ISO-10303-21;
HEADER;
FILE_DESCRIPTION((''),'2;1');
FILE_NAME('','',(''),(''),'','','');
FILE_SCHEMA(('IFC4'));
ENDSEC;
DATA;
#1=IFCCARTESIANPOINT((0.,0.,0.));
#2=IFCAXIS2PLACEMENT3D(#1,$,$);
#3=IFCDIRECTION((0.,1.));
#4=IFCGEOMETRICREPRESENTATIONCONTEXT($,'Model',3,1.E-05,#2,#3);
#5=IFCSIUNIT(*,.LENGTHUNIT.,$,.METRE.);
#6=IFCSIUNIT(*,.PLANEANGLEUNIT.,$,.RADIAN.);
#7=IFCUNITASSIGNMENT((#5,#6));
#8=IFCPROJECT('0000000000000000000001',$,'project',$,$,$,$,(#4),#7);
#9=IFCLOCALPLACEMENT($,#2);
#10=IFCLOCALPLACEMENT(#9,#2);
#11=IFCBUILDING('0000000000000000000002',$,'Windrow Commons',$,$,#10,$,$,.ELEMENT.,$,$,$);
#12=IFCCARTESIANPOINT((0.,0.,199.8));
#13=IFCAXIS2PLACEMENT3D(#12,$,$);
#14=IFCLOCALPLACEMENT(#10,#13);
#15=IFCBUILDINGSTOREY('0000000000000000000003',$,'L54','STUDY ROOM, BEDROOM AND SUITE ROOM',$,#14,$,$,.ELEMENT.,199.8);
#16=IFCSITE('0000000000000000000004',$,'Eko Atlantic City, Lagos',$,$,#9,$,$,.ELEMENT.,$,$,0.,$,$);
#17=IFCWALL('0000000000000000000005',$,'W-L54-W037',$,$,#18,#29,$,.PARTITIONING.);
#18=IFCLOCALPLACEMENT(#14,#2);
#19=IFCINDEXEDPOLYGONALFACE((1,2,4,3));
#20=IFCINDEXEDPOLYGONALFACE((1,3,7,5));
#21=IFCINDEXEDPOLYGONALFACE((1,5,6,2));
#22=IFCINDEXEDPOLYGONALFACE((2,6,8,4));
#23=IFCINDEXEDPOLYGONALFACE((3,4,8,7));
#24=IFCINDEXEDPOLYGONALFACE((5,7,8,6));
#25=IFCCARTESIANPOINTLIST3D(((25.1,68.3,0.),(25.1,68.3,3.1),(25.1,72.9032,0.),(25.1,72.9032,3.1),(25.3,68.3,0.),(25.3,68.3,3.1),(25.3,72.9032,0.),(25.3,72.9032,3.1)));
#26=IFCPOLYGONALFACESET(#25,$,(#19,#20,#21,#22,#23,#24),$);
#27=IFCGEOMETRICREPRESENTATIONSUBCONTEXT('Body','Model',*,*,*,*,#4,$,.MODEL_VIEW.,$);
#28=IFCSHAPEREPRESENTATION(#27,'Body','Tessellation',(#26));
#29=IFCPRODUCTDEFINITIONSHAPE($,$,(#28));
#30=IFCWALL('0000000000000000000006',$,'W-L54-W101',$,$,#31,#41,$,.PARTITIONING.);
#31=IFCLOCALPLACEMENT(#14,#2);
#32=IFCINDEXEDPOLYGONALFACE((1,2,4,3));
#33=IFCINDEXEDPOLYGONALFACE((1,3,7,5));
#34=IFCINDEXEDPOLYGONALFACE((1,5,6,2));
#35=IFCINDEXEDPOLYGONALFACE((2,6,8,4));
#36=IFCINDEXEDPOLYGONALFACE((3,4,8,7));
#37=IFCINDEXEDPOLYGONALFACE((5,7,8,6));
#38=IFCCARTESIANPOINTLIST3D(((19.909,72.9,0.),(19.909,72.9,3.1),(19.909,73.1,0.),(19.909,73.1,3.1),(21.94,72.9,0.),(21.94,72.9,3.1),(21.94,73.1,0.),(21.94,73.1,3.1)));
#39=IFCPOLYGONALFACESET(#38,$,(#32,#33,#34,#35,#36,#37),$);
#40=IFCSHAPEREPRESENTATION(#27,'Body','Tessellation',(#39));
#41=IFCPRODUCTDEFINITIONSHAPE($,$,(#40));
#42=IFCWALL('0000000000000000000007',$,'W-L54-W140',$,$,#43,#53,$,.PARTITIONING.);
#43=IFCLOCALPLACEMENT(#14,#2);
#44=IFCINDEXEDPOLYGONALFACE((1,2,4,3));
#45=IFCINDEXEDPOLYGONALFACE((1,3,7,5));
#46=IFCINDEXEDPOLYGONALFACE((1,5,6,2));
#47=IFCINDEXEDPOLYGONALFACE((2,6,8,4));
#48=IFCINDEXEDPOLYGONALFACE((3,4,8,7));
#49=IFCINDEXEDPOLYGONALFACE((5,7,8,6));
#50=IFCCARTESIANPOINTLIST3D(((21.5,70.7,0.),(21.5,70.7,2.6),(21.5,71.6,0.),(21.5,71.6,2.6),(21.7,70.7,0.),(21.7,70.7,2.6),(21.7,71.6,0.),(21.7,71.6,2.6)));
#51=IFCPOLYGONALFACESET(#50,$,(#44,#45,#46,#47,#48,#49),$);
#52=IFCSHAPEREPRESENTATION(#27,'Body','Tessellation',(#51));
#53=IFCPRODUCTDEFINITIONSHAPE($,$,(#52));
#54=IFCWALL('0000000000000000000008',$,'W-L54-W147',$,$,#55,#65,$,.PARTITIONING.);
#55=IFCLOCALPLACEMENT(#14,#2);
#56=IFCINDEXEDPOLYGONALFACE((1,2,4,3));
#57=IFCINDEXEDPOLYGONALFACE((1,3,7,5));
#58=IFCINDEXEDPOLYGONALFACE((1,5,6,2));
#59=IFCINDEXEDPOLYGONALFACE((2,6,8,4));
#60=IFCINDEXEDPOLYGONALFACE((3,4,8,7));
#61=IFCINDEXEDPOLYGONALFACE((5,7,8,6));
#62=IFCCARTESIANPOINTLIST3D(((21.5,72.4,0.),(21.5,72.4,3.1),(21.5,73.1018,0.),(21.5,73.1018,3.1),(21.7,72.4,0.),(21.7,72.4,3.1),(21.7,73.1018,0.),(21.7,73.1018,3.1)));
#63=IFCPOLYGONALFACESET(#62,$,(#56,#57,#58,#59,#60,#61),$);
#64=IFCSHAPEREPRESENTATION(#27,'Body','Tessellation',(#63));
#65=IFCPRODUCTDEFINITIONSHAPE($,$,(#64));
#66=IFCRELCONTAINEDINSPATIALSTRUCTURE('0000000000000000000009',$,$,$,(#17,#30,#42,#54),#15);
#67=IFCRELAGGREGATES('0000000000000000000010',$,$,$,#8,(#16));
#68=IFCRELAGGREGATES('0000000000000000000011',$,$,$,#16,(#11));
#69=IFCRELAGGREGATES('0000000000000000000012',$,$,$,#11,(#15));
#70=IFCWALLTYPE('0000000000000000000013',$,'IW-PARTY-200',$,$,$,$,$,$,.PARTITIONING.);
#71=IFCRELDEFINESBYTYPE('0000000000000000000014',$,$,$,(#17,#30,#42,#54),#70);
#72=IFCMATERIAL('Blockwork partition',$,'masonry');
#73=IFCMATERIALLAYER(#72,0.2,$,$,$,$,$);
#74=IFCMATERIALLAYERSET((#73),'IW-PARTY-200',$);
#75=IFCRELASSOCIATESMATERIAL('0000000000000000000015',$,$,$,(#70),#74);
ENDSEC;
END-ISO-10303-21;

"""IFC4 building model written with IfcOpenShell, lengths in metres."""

from ifc_helpers import new_model, si_unit, direction, frame, frame_2d, origin, place, context, subcontext, project, spatial, rectangle, extrude, material, layer, layer_set, type_object, element, save


model = new_model("IFC4")

# Units and contexts
model_context = context("Model", 3, precision=1e-05, world=origin(), true_north=direction((0.0, 1.0)))
body_context = subcontext(model_context, "Body", "Model", "MODEL_VIEW")
ifc_project = project(units=[si_unit("LENGTHUNIT", "METRE"), si_unit("PLANEANGLEUNIT", "RADIAN")], contexts=[model_context])

# Site, building, storey
site_placement = place(None, origin())
site = spatial("IfcSite", under=ifc_project, at=site_placement, Name="Eko Atlantic City, Lagos", CompositionType="ELEMENT", RefElevation=0.0)
building_placement = place(site_placement, origin())
building = spatial("IfcBuilding", under=site, at=building_placement, Name="Windrow Commons", CompositionType="ELEMENT")
storey_placement = place(building_placement, frame((0.0, 0.0, 199.8)))
storey = spatial("IfcBuildingStorey", under=building, at=storey_placement, Name="L54", Description="STUDY ROOM, BEDROOM AND SUITE ROOM", CompositionType="ELEMENT", Elevation=199.8)

# Walls
ifc_material_1 = material(Name="Blockwork partition", Category="masonry")
ifc_layer_1 = layer(ifc_material_1, 0.2)
ifc_layer_set_1 = layer_set([ifc_layer_1], Name="IW-PARTY-200")
wall_type_1 = type_object("IfcWallType", Name="IW-PARTY-200", PredefinedType="PARTITIONING", material=ifc_layer_set_1)
wall_1_placement = place(storey_placement, frame((25.2, 68.3, 0.0), z_axis=(0.0, 0.0, 1.0), x_axis=(0.0, 1.0, 0.0)))
element("IfcWall", 1, at=wall_1_placement, inside=storey, type_object=wall_type_1, Name="W-L54-W037", PredefinedType="PARTITIONING", context=body_context, shape_type="SweptSolid", body=[
    extrude(rectangle(XDim=4.6032, YDim=0.2, at=frame_2d((2.3016, 0.0))), origin(), (0.0, 0.0, 1.0), 3.1),
])
wall_2_placement = place(storey_placement, frame((19.909, 73.0, 0.0), z_axis=(0.0, 0.0, 1.0), x_axis=(1.0, 0.0, 0.0)))
element("IfcWall", 2, at=wall_2_placement, inside=storey, type_object=wall_type_1, Name="W-L54-W101", PredefinedType="PARTITIONING", context=body_context, shape_type="SweptSolid", body=[
    extrude(rectangle(XDim=2.031, YDim=0.2, at=frame_2d((1.0155, 0.0))), origin(), (0.0, 0.0, 1.0), 3.1),
])
wall_3_placement = place(storey_placement, frame((21.6, 70.7, 0.0), z_axis=(0.0, 0.0, 1.0), x_axis=(0.0, 1.0, 0.0)))
element("IfcWall", 3, at=wall_3_placement, inside=storey, type_object=wall_type_1, Name="W-L54-W140", PredefinedType="PARTITIONING", context=body_context, shape_type="SweptSolid", body=[
    extrude(rectangle(XDim=0.9, YDim=0.2, at=frame_2d((0.45, 0.0))), origin(), (0.0, 0.0, 1.0), 2.6),
])
wall_4_placement = place(storey_placement, frame((21.6, 72.4, 0.0), z_axis=(0.0, 0.0, 1.0), x_axis=(0.0, 1.0, 0.0)))
element("IfcWall", 4, at=wall_4_placement, inside=storey, type_object=wall_type_1, Name="W-L54-W147", PredefinedType="PARTITIONING", context=body_context, shape_type="SweptSolid", body=[
    extrude(rectangle(XDim=0.7019, YDim=0.2, at=frame_2d((0.3509, 0.0))), origin(), (0.0, 0.0, 1.0), 3.1),
])

save(model, "model.ifc")
